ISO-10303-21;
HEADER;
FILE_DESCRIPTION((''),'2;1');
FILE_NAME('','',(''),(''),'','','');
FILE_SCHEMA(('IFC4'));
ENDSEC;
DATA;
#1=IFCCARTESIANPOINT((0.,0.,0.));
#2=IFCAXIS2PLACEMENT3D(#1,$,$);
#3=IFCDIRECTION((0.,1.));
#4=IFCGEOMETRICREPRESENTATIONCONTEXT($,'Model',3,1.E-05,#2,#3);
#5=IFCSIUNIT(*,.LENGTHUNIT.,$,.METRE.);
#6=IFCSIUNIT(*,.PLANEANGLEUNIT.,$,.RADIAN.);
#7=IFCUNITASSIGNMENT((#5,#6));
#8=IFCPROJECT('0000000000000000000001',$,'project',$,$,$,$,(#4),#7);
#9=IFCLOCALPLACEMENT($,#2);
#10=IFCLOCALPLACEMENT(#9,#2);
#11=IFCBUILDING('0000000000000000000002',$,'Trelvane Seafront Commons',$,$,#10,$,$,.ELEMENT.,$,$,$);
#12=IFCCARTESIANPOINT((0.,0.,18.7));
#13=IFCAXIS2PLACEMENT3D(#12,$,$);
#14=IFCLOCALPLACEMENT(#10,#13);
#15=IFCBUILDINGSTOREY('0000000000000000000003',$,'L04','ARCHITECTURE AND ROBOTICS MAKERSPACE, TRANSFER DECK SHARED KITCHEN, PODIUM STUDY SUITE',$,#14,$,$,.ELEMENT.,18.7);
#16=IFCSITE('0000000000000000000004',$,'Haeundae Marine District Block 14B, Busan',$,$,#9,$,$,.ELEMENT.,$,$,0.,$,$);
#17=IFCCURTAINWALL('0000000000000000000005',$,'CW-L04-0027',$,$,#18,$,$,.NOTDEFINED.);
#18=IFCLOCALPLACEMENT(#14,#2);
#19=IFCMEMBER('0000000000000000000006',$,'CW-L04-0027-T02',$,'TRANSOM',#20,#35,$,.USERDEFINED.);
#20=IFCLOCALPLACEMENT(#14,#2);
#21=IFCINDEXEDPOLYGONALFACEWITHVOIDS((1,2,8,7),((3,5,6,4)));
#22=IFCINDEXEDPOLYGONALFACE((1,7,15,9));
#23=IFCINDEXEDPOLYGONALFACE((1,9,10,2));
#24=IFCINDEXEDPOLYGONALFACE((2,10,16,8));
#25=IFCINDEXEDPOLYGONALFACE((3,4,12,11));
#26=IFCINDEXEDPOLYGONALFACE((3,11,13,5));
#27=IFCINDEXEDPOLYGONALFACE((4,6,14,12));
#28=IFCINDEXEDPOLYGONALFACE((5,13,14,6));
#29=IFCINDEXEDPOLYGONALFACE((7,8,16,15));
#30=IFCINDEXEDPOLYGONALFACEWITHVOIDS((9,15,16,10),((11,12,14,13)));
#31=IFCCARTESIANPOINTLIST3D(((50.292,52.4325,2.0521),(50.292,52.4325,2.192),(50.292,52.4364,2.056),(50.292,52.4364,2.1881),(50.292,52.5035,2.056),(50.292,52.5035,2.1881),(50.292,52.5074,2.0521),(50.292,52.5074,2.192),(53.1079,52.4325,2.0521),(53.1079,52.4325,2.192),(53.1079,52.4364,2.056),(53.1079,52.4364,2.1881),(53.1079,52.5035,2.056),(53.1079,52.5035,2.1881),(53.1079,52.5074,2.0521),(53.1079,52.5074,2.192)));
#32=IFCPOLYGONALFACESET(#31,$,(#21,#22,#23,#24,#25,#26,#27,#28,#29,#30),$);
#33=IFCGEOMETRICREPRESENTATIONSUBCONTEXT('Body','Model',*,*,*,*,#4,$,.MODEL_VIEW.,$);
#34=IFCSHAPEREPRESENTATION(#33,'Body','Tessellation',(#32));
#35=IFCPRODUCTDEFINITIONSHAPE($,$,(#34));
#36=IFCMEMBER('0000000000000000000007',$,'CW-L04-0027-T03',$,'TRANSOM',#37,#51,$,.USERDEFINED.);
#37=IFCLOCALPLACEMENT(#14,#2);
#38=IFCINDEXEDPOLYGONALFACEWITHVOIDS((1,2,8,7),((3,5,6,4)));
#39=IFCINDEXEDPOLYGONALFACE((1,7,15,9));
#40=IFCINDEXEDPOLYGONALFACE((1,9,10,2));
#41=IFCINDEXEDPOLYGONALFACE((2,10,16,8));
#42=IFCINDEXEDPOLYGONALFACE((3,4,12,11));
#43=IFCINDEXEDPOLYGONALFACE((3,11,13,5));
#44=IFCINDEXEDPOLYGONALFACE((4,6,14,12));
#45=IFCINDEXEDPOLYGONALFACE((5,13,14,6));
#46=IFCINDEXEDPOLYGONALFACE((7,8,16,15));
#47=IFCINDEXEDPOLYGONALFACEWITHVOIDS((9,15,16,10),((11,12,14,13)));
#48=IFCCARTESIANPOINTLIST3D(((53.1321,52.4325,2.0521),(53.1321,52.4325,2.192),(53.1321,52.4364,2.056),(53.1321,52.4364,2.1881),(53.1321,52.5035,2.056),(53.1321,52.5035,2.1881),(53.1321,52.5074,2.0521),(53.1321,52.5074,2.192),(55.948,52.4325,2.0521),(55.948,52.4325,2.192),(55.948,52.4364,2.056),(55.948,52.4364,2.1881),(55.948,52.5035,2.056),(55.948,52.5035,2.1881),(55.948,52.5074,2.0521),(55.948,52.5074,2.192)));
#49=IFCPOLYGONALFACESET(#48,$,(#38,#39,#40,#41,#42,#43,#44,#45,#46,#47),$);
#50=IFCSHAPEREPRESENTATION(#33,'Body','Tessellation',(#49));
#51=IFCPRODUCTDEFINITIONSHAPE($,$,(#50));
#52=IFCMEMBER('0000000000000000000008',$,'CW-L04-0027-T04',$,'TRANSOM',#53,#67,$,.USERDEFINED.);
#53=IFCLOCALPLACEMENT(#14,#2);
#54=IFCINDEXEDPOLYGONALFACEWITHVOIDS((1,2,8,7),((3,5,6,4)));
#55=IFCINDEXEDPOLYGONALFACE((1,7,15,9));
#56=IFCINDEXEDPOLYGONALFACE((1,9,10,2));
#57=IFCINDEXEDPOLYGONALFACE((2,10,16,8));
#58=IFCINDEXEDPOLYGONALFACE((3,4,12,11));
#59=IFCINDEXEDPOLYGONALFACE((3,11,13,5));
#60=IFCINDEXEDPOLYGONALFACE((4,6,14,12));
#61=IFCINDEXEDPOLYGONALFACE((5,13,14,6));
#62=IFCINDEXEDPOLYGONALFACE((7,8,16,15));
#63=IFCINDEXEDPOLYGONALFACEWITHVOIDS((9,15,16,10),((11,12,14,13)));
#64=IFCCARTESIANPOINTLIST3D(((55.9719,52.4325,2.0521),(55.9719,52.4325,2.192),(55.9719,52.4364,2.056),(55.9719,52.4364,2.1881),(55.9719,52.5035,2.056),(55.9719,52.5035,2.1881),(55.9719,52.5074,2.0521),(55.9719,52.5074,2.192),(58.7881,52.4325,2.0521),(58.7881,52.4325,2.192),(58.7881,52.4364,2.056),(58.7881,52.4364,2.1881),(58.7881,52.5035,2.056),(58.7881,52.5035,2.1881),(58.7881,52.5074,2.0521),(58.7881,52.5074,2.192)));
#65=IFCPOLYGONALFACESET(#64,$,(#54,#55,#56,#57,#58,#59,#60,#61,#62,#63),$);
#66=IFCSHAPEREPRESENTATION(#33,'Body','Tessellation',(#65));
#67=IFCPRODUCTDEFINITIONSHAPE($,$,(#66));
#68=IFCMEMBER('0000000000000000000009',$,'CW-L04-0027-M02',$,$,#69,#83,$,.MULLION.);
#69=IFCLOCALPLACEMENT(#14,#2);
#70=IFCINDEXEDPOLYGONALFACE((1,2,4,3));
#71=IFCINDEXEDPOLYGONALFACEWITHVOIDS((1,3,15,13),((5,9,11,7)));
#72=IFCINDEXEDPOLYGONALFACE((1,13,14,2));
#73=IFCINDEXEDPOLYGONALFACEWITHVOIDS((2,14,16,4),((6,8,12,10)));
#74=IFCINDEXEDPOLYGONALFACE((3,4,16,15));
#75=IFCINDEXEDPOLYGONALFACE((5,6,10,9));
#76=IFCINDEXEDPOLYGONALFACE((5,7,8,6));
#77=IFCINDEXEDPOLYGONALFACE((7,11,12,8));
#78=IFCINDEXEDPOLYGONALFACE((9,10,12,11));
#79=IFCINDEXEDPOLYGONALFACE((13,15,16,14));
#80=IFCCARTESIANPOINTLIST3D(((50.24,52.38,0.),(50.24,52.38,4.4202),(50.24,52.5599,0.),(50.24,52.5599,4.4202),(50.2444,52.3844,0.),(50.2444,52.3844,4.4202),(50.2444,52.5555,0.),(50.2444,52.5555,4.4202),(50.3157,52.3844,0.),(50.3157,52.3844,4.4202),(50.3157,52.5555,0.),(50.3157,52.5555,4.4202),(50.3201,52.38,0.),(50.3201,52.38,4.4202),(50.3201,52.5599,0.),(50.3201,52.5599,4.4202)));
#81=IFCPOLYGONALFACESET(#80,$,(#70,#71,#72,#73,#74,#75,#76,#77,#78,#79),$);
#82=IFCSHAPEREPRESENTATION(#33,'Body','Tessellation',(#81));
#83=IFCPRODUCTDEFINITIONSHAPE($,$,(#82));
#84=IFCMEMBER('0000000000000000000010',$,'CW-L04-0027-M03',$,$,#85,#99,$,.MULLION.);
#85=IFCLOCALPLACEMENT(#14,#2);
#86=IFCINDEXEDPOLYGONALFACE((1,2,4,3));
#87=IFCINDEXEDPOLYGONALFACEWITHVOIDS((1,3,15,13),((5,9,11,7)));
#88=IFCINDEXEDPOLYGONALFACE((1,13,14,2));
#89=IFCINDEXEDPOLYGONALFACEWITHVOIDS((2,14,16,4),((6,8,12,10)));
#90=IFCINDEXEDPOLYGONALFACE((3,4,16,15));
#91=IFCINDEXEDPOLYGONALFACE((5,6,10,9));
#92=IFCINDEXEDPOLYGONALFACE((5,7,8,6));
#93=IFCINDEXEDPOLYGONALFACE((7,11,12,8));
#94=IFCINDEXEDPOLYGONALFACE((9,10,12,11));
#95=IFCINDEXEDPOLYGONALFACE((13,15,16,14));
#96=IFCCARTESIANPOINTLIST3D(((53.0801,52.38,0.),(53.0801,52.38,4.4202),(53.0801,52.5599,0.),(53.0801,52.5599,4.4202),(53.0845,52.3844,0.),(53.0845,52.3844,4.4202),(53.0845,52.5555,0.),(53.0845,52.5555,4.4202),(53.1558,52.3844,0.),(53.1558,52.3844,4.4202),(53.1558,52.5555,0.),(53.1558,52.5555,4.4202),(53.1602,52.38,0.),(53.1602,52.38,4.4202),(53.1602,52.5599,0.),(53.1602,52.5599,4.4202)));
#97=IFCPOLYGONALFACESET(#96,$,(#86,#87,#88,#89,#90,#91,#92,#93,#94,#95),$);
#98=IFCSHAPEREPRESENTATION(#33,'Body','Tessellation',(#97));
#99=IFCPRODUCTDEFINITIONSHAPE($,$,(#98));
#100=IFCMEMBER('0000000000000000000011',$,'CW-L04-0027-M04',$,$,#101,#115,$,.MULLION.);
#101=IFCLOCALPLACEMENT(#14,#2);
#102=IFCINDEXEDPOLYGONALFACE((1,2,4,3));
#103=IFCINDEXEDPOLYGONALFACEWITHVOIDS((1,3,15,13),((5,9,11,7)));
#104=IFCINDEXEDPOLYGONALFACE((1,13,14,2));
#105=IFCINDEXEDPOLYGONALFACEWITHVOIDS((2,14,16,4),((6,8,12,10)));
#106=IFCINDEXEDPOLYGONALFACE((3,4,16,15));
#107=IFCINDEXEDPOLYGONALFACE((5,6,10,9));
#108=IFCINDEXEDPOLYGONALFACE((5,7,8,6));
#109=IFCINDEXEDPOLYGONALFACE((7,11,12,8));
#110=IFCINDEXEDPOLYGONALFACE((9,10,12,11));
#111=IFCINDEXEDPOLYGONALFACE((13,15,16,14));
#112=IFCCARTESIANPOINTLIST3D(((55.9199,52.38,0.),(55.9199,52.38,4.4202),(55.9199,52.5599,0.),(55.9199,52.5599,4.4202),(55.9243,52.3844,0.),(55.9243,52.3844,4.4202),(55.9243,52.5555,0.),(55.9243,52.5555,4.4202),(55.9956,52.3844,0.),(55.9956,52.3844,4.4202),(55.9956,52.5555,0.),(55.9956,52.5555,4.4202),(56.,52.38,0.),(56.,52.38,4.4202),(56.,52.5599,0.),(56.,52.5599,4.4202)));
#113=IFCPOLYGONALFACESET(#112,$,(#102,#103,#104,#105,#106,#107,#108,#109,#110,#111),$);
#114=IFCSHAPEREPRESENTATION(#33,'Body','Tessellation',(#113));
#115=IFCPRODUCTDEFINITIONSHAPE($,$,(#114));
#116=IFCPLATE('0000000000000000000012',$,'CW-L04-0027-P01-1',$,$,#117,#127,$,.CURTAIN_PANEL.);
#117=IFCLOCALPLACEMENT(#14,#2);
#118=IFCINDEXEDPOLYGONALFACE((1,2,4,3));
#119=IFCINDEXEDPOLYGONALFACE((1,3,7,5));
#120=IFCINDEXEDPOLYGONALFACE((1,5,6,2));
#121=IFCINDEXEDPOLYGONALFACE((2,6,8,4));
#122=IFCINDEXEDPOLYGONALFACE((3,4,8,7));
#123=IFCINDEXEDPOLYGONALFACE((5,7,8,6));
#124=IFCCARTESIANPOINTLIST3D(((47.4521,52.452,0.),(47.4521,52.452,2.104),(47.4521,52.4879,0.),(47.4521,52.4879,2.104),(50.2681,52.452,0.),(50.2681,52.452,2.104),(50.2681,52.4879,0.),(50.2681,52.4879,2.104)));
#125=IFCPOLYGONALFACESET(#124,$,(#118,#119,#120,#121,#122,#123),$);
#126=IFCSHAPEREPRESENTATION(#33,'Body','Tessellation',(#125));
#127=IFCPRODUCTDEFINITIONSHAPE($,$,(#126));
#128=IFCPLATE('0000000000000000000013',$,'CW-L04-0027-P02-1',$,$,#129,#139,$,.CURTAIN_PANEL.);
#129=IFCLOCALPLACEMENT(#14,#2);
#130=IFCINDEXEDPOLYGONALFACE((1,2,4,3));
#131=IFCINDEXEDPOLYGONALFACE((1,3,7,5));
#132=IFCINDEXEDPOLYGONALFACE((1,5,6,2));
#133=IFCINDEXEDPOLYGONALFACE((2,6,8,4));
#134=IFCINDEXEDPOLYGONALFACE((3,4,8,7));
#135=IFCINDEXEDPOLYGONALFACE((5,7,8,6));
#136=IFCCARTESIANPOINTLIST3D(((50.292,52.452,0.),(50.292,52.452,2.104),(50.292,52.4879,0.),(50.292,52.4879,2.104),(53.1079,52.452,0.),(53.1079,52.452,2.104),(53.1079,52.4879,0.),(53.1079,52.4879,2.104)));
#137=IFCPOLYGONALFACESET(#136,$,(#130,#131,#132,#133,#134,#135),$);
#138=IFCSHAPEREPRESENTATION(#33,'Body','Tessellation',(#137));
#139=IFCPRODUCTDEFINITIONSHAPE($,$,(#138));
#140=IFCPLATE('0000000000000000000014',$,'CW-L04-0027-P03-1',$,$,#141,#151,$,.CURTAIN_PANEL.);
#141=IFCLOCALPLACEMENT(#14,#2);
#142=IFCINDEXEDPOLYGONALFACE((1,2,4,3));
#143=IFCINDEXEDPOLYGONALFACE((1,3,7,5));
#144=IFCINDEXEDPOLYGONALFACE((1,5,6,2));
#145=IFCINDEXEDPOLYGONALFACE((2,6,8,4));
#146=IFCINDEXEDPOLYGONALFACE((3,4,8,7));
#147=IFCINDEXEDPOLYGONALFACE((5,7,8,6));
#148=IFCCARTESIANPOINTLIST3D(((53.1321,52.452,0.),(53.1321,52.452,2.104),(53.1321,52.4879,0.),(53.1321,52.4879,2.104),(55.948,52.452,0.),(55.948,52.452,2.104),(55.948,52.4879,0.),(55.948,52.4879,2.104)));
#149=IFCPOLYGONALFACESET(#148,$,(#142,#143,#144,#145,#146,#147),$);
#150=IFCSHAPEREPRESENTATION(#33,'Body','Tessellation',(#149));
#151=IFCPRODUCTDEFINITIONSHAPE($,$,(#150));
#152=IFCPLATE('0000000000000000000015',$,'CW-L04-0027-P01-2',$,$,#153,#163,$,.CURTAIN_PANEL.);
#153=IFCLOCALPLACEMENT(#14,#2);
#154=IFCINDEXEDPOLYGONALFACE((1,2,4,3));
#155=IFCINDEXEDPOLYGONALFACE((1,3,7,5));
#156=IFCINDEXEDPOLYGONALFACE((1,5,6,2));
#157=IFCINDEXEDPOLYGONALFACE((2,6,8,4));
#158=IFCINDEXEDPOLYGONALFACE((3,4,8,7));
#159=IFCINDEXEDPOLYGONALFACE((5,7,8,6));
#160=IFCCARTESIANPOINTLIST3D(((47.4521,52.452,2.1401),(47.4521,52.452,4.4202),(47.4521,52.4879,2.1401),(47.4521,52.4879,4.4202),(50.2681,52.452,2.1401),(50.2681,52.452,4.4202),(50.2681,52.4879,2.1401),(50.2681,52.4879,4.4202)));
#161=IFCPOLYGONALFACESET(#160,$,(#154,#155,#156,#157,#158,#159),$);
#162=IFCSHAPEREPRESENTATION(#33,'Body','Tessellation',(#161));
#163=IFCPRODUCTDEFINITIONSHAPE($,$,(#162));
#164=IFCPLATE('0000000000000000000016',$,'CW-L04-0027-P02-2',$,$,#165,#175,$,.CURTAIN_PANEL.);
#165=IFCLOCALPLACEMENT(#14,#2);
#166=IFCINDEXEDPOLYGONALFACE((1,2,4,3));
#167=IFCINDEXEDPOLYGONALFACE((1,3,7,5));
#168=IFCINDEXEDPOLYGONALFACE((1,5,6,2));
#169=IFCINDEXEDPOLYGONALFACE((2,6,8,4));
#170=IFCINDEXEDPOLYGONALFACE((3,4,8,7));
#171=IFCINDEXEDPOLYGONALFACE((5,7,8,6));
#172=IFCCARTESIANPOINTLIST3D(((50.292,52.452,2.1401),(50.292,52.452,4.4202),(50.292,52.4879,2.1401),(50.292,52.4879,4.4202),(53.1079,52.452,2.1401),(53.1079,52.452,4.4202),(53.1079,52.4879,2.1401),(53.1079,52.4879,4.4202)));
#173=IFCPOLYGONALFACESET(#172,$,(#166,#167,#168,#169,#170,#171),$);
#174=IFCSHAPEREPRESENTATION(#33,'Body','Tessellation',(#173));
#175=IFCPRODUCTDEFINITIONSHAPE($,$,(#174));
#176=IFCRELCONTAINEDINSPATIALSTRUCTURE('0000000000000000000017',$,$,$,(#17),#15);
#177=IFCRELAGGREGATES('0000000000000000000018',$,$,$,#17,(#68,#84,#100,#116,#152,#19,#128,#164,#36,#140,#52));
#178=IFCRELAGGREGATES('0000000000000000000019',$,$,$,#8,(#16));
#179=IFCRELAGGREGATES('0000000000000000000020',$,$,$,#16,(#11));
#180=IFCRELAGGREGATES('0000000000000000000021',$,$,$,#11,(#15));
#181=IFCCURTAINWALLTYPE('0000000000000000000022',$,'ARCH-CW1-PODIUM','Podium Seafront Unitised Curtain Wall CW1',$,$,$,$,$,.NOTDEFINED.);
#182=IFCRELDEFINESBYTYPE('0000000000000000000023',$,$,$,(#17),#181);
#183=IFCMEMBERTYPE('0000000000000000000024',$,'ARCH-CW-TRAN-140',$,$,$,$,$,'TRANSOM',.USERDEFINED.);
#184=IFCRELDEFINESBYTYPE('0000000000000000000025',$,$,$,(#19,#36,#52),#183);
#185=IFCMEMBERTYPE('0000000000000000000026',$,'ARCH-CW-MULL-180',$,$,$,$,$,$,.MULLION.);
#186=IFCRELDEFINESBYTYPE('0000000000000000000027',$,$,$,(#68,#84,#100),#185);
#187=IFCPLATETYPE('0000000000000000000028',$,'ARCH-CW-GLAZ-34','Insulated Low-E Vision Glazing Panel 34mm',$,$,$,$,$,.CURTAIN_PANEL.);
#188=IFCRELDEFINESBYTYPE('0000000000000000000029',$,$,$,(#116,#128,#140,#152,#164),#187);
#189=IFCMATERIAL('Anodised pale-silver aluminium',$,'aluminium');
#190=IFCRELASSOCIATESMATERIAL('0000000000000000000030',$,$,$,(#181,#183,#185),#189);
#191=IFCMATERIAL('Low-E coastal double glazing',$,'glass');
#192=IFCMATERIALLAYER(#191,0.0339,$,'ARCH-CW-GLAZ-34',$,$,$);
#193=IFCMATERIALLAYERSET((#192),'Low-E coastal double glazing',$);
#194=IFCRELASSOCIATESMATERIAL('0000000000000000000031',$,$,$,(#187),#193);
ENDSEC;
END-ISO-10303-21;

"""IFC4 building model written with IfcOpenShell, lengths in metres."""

from ifc_helpers import new_model, si_unit, direction, frame, origin, origin_2d, place, context, subcontext, project, spatial, rectangle, hollow_rectangle, extrude, source, transform, mapped, material, layer, layer_set, material_profile, profile_set, type_object, element, aggregate, save


model = new_model("IFC4")

# Units and contexts
model_context = context("Model", 3, precision=1e-05, world=origin(), true_north=direction((0.0, 1.0)))
body_context = subcontext(model_context, "Body", "Model", "MODEL_VIEW")
ifc_project = project(units=[si_unit("LENGTHUNIT", "METRE"), si_unit("PLANEANGLEUNIT", "RADIAN")], contexts=[model_context])

# Site, building, storey
site_placement = place(None, origin())
site = spatial("IfcSite", under=ifc_project, at=site_placement, Name="Haeundae Marine District Block 14B, Busan", CompositionType="ELEMENT", RefElevation=0.0)
building_placement = place(site_placement, origin())
building = spatial("IfcBuilding", under=site, at=building_placement, Name="Trelvane Seafront Commons", CompositionType="ELEMENT")
storey_placement = place(building_placement, frame((0.0, 0.0, 18.7)))
storey = spatial("IfcBuildingStorey", under=building, at=storey_placement, Name="L04", Description="ARCHITECTURE AND ROBOTICS MAKERSPACE, TRANSFER DECK SHARED KITCHEN, PODIUM STUDY SUITE", CompositionType="ELEMENT", Elevation=18.7)

# Curtain wall, members, plates
ifc_material_1 = material(Name="Anodised pale-silver aluminium", Category="aluminium")
curtain_wall_type = type_object("IfcCurtainWallType", Name="ARCH-CW1-PODIUM", Description="Podium Seafront Unitised Curtain Wall CW1", PredefinedType="NOTDEFINED", material=ifc_material_1)
curtain_wall_placement = place(storey_placement, origin())
curtain_wall = element("IfcCurtainWall", 1, at=curtain_wall_placement, inside=storey, type_object=curtain_wall_type, Name="CW-L04-0027", PredefinedType="NOTDEFINED")
ifc_material_profile_1 = material_profile(ifc_material_1, hollow_rectangle(XDim=0.075, YDim=0.1399, WallThickness=0.0039, at=origin_2d()), Name="TRAN-75x140x4")
ifc_profile_set_1 = profile_set([ifc_material_profile_1], Name="Anodised pale-silver aluminium")
member_type_1 = type_object("IfcMemberType", Name="ARCH-CW-TRAN-140", ElementType="TRANSOM", PredefinedType="USERDEFINED", material=ifc_profile_set_1)
shared_shape_1 = source(origin(), body_context, "Body", "SweptSolid", [
    extrude(hollow_rectangle(XDim=0.075, YDim=0.1399, WallThickness=0.0039, at=origin_2d()), origin(), (0.0, 0.0, 1.0), 2.8159),
])
member_1_placement = place(storey_placement, frame((50.292, 52.47, 2.1221), z_axis=(1.0, 0.0, 0.0), x_axis=(0.0, 1.0, 0.0)))
member_1 = element("IfcMember", 2, at=member_1_placement, type_object=member_type_1, Name="CW-L04-0027-T02", ObjectType="TRANSOM", PredefinedType="USERDEFINED", context=body_context, shape_type="MappedRepresentation", body=[
    mapped(shared_shape_1, transform((0.0, 0.0, 0.0), x_axis=(1.0, 0.0, 0.0), y_axis=(0.0, 1.0, 0.0), z_axis=(0.0, 0.0, 1.0), scale=1.0)),
])
member_2_placement = place(storey_placement, frame((53.1321, 52.47, 2.1221), z_axis=(1.0, 0.0, 0.0), x_axis=(0.0, 1.0, 0.0)))
member_2 = element("IfcMember", 3, at=member_2_placement, type_object=member_type_1, Name="CW-L04-0027-T03", ObjectType="TRANSOM", PredefinedType="USERDEFINED", context=body_context, shape_type="MappedRepresentation", body=[
    mapped(shared_shape_1, transform((0.0, 0.0, 0.0), x_axis=(1.0, 0.0, 0.0), y_axis=(0.0, 1.0, 0.0), z_axis=(0.0, 0.0, 1.0), scale=1.0)),
])
shared_shape_2 = source(origin(), body_context, "Body", "SweptSolid", [
    extrude(hollow_rectangle(XDim=0.075, YDim=0.1399, WallThickness=0.0039, at=origin_2d()), origin(), (0.0, 0.0, 1.0), 2.8162),
])
member_3_placement = place(storey_placement, frame((55.9719, 52.47, 2.1221), z_axis=(1.0, 0.0, 0.0), x_axis=(0.0, 1.0, 0.0)))
member_3 = element("IfcMember", 4, at=member_3_placement, type_object=member_type_1, Name="CW-L04-0027-T04", ObjectType="TRANSOM", PredefinedType="USERDEFINED", context=body_context, shape_type="MappedRepresentation", body=[
    mapped(shared_shape_2, transform((0.0, 0.0, 0.0), x_axis=(1.0, 0.0, 0.0), y_axis=(0.0, 1.0, 0.0), z_axis=(0.0, 0.0, 1.0), scale=1.0)),
])
ifc_material_profile_2 = material_profile(ifc_material_1, hollow_rectangle(XDim=0.0801, YDim=0.1799, WallThickness=0.0044, at=origin_2d()), Name="MULL-80x180x4.5")
ifc_profile_set_2 = profile_set([ifc_material_profile_2], Name="Anodised pale-silver aluminium")
member_type_2 = type_object("IfcMemberType", Name="ARCH-CW-MULL-180", PredefinedType="MULLION", material=ifc_profile_set_2)
shared_shape_3 = source(origin(), body_context, "Body", "SweptSolid", [
    extrude(hollow_rectangle(XDim=0.0801, YDim=0.1799, WallThickness=0.0044, at=origin_2d()), origin(), (0.0, 0.0, 1.0), 4.4202),
])
member_4_placement = place(storey_placement, frame((50.28, 52.47, 0.0), z_axis=(0.0, 0.0, 1.0), x_axis=(1.0, 0.0, 0.0)))
member_4 = element("IfcMember", 5, at=member_4_placement, type_object=member_type_2, Name="CW-L04-0027-M02", PredefinedType="MULLION", context=body_context, shape_type="MappedRepresentation", body=[
    mapped(shared_shape_3, transform((0.0, 0.0, 0.0), x_axis=(1.0, 0.0, 0.0), y_axis=(0.0, 1.0, 0.0), z_axis=(0.0, 0.0, 1.0), scale=1.0)),
])
member_5_placement = place(storey_placement, frame((53.1201, 52.47, 0.0), z_axis=(0.0, 0.0, 1.0), x_axis=(1.0, 0.0, 0.0)))
member_5 = element("IfcMember", 6, at=member_5_placement, type_object=member_type_2, Name="CW-L04-0027-M03", PredefinedType="MULLION", context=body_context, shape_type="MappedRepresentation", body=[
    mapped(shared_shape_3, transform((0.0, 0.0, 0.0), x_axis=(1.0, 0.0, 0.0), y_axis=(0.0, 1.0, 0.0), z_axis=(0.0, 0.0, 1.0), scale=1.0)),
])
member_6_placement = place(storey_placement, frame((55.96, 52.47, 0.0), z_axis=(0.0, 0.0, 1.0), x_axis=(1.0, 0.0, 0.0)))
member_6 = element("IfcMember", 7, at=member_6_placement, type_object=member_type_2, Name="CW-L04-0027-M04", PredefinedType="MULLION", context=body_context, shape_type="MappedRepresentation", body=[
    mapped(shared_shape_3, transform((0.0, 0.0, 0.0), x_axis=(1.0, 0.0, 0.0), y_axis=(0.0, 1.0, 0.0), z_axis=(0.0, 0.0, 1.0), scale=1.0)),
])
ifc_material_2 = material(Name="Low-E coastal double glazing", Category="glass")
ifc_layer_1 = layer(ifc_material_2, 0.0339, Name="ARCH-CW-GLAZ-34")
ifc_layer_set_1 = layer_set([ifc_layer_1], Name="Low-E coastal double glazing")
plate_type = type_object("IfcPlateType", Name="ARCH-CW-GLAZ-34", Description="Insulated Low-E Vision Glazing Panel 34mm", PredefinedType="CURTAIN_PANEL", material=ifc_layer_set_1)
shared_shape_4 = source(origin(), body_context, "Body", "SweptSolid", [
    extrude(rectangle(XDim=2.8159, YDim=0.0359, at=origin_2d()), origin(), (0.0, 0.0, 1.0), 2.104),
])
plate_1_placement = place(storey_placement, frame((48.8601, 52.47, 0.0), z_axis=(0.0, 0.0, 1.0), x_axis=(1.0, 0.0, 0.0)))
plate_1 = element("IfcPlate", 8, at=plate_1_placement, type_object=plate_type, Name="CW-L04-0027-P01-1", PredefinedType="CURTAIN_PANEL", context=body_context, shape_type="MappedRepresentation", body=[
    mapped(shared_shape_4, transform((0.0, 0.0, 0.0), x_axis=(1.0, 0.0, 0.0), y_axis=(0.0, 1.0, 0.0), z_axis=(0.0, 0.0, 1.0), scale=1.0)),
])
plate_2_placement = place(storey_placement, frame((51.7, 52.47, 0.0), z_axis=(0.0, 0.0, 1.0), x_axis=(1.0, 0.0, 0.0)))
plate_2 = element("IfcPlate", 9, at=plate_2_placement, type_object=plate_type, Name="CW-L04-0027-P02-1", PredefinedType="CURTAIN_PANEL", context=body_context, shape_type="MappedRepresentation", body=[
    mapped(shared_shape_4, transform((0.0, 0.0, 0.0), x_axis=(1.0, 0.0, 0.0), y_axis=(0.0, 1.0, 0.0), z_axis=(0.0, 0.0, 1.0), scale=1.0)),
])
plate_3_placement = place(storey_placement, frame((54.54, 52.47, 0.0), z_axis=(0.0, 0.0, 1.0), x_axis=(1.0, 0.0, 0.0)))
plate_3 = element("IfcPlate", 10, at=plate_3_placement, type_object=plate_type, Name="CW-L04-0027-P03-1", PredefinedType="CURTAIN_PANEL", context=body_context, shape_type="MappedRepresentation", body=[
    mapped(shared_shape_4, transform((0.0, 0.0, 0.0), x_axis=(1.0, 0.0, 0.0), y_axis=(0.0, 1.0, 0.0), z_axis=(0.0, 0.0, 1.0), scale=1.0)),
])
shared_shape_5 = source(origin(), body_context, "Body", "SweptSolid", [
    extrude(rectangle(XDim=2.8159, YDim=0.0359, at=origin_2d()), origin(), (0.0, 0.0, 1.0), 2.28),
])
plate_4_placement = place(storey_placement, frame((48.8601, 52.47, 2.1401), z_axis=(0.0, 0.0, 1.0), x_axis=(1.0, 0.0, 0.0)))
plate_4 = element("IfcPlate", 11, at=plate_4_placement, type_object=plate_type, Name="CW-L04-0027-P01-2", PredefinedType="CURTAIN_PANEL", context=body_context, shape_type="MappedRepresentation", body=[
    mapped(shared_shape_5, transform((0.0, 0.0, 0.0), x_axis=(1.0, 0.0, 0.0), y_axis=(0.0, 1.0, 0.0), z_axis=(0.0, 0.0, 1.0), scale=1.0)),
])
plate_5_placement = place(storey_placement, frame((51.7, 52.47, 2.1401), z_axis=(0.0, 0.0, 1.0), x_axis=(1.0, 0.0, 0.0)))
plate_5 = element("IfcPlate", 12, at=plate_5_placement, type_object=plate_type, Name="CW-L04-0027-P02-2", PredefinedType="CURTAIN_PANEL", context=body_context, shape_type="MappedRepresentation", body=[
    mapped(shared_shape_5, transform((0.0, 0.0, 0.0), x_axis=(1.0, 0.0, 0.0), y_axis=(0.0, 1.0, 0.0), z_axis=(0.0, 0.0, 1.0), scale=1.0)),
])
aggregate(curtain_wall, [member_4, member_5, member_6, plate_1, plate_4, member_1, plate_2, plate_5, member_2, plate_3, member_3])

save(model, "model.ifc")
